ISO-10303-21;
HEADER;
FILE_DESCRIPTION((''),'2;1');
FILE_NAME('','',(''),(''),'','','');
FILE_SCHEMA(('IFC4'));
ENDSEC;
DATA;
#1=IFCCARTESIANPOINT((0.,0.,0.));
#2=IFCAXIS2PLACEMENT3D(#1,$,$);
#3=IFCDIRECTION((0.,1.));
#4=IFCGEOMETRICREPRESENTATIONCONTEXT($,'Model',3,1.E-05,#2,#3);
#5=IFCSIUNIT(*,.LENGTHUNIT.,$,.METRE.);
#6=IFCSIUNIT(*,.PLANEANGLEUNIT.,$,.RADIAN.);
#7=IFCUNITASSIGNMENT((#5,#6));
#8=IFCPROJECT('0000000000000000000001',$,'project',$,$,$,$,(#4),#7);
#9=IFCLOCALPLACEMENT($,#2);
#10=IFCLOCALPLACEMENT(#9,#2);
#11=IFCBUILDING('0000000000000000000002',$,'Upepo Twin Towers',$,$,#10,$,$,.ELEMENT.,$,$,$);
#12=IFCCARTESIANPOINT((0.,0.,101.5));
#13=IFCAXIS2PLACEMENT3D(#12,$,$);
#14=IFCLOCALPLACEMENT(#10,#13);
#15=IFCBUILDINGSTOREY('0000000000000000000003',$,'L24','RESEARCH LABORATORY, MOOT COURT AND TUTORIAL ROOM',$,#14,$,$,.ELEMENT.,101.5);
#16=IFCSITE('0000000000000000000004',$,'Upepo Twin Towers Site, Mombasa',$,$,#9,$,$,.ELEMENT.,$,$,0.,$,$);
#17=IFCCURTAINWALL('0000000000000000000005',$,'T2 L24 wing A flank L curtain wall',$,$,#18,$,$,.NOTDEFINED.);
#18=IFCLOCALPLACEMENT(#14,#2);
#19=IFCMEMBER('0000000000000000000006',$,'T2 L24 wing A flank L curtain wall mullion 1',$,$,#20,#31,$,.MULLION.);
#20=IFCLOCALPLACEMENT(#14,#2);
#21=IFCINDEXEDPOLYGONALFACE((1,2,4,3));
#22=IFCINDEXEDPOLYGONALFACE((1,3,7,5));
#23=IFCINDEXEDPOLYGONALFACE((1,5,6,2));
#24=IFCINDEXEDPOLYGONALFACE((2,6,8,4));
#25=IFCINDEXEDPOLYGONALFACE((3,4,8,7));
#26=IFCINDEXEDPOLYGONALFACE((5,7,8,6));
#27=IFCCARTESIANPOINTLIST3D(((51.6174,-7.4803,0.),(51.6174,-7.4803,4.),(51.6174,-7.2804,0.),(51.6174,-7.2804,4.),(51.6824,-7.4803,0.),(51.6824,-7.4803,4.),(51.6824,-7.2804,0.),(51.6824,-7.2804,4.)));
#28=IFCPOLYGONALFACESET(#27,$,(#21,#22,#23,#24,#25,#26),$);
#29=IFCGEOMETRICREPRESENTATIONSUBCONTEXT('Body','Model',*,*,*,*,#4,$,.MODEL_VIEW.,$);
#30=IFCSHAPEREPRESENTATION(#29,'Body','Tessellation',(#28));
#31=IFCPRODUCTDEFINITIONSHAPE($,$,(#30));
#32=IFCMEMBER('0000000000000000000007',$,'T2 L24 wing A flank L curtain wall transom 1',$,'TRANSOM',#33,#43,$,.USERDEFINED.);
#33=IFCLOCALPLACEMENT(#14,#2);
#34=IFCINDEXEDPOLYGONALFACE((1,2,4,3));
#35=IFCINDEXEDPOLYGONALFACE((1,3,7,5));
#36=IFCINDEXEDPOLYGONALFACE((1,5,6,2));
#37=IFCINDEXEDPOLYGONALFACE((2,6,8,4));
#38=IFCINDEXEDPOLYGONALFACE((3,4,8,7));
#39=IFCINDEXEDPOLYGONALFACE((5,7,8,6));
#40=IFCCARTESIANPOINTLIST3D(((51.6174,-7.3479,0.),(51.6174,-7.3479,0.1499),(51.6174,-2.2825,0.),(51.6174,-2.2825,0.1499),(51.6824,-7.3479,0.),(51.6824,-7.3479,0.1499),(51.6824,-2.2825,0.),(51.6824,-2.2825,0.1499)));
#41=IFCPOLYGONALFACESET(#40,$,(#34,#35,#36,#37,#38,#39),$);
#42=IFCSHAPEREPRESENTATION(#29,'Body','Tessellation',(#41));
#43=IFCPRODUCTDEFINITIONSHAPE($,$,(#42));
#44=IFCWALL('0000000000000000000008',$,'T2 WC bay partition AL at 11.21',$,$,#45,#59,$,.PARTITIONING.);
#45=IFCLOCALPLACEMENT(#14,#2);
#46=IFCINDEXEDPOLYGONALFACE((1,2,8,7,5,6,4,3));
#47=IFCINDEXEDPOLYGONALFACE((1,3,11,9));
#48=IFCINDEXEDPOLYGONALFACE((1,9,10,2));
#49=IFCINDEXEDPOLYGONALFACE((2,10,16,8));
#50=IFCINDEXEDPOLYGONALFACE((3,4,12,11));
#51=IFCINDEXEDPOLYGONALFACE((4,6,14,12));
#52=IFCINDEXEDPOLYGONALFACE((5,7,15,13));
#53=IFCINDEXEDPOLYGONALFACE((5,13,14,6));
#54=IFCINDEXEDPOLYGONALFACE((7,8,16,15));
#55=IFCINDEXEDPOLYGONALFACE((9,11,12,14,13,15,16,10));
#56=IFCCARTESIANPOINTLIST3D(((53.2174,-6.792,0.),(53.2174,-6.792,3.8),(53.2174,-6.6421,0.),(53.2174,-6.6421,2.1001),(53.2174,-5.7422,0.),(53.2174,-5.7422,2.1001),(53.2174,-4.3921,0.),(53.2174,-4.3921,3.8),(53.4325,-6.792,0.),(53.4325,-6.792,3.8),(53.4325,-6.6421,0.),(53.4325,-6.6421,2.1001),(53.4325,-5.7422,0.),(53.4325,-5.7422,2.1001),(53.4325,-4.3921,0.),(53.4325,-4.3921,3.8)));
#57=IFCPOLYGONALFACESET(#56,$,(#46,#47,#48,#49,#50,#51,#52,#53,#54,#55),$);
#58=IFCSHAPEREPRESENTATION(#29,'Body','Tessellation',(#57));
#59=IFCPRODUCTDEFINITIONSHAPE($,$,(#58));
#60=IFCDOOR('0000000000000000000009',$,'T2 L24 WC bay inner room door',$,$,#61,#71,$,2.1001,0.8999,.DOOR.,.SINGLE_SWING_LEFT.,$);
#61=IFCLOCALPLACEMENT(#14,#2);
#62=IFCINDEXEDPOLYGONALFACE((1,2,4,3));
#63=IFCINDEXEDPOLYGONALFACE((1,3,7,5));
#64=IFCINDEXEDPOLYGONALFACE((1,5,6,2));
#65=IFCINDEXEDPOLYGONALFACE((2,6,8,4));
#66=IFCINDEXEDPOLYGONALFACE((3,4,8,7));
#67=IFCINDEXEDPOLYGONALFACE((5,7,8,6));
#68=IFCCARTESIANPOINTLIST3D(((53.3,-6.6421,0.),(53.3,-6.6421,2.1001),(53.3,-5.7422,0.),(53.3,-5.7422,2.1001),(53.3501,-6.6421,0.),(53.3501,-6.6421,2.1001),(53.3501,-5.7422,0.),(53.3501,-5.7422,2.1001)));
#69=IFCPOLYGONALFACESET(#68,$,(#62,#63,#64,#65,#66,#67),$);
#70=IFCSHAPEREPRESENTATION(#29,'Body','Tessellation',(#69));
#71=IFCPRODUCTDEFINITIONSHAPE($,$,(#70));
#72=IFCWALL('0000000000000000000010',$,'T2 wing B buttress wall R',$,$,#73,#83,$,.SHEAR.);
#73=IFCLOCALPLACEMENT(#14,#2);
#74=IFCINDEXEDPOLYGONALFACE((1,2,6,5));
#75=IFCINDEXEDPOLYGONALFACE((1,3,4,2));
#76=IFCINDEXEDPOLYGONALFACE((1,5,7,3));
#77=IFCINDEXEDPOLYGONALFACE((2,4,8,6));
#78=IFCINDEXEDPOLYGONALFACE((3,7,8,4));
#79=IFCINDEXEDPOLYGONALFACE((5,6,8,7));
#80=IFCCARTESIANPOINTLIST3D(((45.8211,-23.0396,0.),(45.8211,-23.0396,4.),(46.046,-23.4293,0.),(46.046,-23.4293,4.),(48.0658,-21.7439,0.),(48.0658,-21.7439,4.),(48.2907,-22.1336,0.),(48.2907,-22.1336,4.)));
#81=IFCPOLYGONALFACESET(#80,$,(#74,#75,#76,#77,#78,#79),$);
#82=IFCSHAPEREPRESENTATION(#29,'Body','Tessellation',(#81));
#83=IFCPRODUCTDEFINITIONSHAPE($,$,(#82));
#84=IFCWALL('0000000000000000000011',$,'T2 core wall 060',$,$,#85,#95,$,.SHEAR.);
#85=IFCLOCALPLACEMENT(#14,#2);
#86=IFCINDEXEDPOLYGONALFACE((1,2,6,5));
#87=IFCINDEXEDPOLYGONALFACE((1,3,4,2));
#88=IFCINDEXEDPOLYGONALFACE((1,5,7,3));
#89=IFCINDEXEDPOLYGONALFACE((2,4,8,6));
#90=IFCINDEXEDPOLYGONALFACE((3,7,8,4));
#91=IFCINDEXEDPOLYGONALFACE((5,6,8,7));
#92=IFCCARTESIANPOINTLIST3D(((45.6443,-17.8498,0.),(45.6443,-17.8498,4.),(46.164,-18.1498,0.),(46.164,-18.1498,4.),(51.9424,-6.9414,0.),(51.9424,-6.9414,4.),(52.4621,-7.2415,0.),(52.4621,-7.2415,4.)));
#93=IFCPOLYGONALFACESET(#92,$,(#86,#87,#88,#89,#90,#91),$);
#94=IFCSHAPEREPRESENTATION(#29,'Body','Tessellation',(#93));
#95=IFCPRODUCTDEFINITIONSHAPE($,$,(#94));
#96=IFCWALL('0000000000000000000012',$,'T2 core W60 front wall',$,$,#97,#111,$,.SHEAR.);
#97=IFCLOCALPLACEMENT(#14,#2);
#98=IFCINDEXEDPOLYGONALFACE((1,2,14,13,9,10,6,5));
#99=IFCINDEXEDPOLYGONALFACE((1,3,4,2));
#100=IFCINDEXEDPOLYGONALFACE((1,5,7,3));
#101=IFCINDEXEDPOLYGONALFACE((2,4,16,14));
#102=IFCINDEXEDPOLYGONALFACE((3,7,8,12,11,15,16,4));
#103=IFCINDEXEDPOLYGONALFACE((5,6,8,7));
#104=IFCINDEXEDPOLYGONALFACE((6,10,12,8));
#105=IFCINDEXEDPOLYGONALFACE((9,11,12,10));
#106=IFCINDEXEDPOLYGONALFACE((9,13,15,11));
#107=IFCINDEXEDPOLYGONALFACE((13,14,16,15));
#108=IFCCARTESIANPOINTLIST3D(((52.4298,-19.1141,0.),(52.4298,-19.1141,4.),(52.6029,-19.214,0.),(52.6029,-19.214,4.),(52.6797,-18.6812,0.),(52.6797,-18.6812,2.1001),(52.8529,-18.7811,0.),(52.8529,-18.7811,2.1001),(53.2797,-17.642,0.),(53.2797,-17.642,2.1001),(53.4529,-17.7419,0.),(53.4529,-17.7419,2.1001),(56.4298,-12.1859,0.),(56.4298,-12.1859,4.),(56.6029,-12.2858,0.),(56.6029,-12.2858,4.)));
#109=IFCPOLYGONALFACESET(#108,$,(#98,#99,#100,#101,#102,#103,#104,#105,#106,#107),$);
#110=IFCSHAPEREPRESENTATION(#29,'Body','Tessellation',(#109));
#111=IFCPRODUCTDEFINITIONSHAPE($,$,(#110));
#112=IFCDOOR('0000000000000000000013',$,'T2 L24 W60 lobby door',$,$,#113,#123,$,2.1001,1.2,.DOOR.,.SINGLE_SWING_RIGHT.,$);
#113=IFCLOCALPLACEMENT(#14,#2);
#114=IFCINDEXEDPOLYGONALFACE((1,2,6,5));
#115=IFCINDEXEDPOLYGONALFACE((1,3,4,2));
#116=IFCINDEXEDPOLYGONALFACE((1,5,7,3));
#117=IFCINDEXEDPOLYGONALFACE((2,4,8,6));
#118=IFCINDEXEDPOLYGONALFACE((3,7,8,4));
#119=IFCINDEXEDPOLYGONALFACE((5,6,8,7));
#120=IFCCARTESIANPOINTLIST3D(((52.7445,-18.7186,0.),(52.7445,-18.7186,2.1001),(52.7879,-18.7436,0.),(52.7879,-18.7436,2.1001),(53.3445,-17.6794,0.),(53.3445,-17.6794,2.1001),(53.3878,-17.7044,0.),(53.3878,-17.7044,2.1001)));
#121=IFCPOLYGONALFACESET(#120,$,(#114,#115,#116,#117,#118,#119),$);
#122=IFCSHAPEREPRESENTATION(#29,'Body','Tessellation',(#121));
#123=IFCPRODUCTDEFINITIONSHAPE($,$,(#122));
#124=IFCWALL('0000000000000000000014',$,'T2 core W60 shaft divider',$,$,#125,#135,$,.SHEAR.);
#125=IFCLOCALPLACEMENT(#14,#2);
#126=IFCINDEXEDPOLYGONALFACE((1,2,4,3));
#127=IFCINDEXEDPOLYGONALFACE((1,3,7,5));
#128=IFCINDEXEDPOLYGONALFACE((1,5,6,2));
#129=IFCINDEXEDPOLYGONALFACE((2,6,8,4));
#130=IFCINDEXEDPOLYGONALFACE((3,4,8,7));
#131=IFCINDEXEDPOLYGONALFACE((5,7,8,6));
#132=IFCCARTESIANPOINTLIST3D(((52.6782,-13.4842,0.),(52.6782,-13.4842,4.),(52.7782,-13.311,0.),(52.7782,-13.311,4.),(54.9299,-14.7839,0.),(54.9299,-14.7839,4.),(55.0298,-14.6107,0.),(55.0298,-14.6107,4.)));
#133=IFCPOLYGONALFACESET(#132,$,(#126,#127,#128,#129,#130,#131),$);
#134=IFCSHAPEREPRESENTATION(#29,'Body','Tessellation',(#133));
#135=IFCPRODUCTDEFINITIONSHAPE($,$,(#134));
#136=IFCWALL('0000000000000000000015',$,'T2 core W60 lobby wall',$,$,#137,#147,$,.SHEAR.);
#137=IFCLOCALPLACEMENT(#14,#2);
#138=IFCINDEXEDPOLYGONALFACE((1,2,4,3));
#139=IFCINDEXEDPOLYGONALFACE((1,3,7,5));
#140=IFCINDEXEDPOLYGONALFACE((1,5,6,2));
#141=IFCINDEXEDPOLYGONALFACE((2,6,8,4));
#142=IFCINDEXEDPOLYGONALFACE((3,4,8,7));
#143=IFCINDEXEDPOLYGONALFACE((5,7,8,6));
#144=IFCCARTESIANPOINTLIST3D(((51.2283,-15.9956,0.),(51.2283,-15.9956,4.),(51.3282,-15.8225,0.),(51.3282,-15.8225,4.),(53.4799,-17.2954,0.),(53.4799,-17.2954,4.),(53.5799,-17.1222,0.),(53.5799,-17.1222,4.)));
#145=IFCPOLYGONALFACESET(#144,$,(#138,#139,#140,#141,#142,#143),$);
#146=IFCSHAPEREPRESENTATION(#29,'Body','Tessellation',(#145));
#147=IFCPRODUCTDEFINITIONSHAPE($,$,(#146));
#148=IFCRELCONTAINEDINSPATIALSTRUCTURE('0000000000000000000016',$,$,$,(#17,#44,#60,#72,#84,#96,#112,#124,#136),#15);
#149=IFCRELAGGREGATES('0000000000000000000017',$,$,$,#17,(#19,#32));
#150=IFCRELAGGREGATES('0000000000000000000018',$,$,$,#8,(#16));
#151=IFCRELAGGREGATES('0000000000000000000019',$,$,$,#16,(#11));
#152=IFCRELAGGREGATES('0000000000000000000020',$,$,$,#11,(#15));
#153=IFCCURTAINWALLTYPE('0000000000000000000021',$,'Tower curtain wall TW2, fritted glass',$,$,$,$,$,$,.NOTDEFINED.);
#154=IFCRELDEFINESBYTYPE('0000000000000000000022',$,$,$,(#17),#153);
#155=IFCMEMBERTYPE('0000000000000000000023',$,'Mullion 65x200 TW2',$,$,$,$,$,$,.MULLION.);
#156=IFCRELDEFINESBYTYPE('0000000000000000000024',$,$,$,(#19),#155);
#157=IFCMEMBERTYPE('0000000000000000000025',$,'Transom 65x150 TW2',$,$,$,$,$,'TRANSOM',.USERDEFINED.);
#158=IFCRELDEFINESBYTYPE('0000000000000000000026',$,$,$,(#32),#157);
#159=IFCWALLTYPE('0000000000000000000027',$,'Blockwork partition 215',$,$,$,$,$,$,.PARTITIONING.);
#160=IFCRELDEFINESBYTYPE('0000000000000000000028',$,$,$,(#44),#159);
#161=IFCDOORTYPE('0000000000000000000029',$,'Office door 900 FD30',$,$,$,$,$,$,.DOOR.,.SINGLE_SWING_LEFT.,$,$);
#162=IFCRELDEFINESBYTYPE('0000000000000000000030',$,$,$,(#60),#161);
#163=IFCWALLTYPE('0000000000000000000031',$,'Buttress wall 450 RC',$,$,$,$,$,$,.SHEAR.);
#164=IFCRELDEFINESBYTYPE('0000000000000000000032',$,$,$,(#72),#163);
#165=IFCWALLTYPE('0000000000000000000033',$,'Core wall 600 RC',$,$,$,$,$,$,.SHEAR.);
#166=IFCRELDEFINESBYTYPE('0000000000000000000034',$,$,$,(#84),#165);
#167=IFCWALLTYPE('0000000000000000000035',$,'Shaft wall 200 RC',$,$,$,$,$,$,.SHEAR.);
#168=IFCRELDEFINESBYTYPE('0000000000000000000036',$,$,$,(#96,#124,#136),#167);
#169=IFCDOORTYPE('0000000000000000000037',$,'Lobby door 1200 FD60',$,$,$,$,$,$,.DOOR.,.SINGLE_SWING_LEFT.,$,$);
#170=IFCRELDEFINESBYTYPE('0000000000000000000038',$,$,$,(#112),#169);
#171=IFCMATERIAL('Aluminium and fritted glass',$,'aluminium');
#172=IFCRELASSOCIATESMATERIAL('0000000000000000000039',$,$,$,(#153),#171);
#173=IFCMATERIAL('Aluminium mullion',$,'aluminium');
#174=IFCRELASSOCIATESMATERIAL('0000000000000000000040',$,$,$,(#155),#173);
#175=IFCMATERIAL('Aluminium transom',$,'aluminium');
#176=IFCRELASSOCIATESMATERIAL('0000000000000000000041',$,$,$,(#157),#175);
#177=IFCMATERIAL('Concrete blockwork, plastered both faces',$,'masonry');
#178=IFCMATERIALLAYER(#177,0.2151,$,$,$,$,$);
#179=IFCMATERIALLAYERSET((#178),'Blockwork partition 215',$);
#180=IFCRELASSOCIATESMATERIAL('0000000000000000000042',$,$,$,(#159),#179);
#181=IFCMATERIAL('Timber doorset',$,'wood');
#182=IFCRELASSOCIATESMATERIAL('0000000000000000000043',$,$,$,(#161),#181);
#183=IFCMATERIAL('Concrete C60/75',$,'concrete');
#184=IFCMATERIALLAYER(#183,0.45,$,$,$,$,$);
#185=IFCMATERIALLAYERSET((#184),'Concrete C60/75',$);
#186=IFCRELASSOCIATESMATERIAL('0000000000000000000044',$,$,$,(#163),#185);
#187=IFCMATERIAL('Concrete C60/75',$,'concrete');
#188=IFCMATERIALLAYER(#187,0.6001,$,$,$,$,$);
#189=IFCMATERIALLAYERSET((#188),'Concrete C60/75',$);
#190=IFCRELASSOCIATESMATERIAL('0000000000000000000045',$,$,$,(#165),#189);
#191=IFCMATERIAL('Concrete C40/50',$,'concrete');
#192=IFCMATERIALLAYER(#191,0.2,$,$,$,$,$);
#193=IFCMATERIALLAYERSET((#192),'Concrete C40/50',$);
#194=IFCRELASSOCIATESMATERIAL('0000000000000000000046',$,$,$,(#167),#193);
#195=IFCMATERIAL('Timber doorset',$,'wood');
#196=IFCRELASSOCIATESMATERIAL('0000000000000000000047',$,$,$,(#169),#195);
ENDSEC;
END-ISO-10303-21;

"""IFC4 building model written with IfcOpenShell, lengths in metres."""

from ifc_helpers import new_model, si_unit, direction, frame, frame_2d, origin, origin_2d, place, context, subcontext, project, spatial, rectangle, extrude, material, layer, layer_set, material_profile, profile_set, type_object, element, fill, aggregate, save


model = new_model("IFC4")

# Units and contexts
model_context = context("Model", 3, precision=1e-05, world=origin(), true_north=direction((0.0, 1.0)))
body_context = subcontext(model_context, "Body", "Model", "MODEL_VIEW")
ifc_project = project(units=[si_unit("LENGTHUNIT", "METRE"), si_unit("PLANEANGLEUNIT", "RADIAN")], contexts=[model_context])

# Site, building, storey
site_placement = place(None, origin())
site = spatial("IfcSite", under=ifc_project, at=site_placement, Name="Upepo Twin Towers Site, Mombasa", CompositionType="ELEMENT", RefElevation=0.0)
building_placement = place(site_placement, origin())
building = spatial("IfcBuilding", under=site, at=building_placement, Name="Upepo Twin Towers", CompositionType="ELEMENT")
storey_placement = place(building_placement, frame((0.0, 0.0, 101.5)))
storey = spatial("IfcBuildingStorey", under=building, at=storey_placement, Name="L24", Description="RESEARCH LABORATORY, MOOT COURT AND TUTORIAL ROOM", CompositionType="ELEMENT", Elevation=101.5)

# Curtain wall, members
ifc_material_1 = material(Name="Aluminium and fritted glass", Category="aluminium")
curtain_wall_type = type_object("IfcCurtainWallType", Name="Tower curtain wall TW2, fritted glass", PredefinedType="NOTDEFINED", material=ifc_material_1)
curtain_wall_placement = place(storey_placement, origin())
curtain_wall = element("IfcCurtainWall", 1, at=curtain_wall_placement, inside=storey, type_object=curtain_wall_type, Name="T2 L24 wing A flank L curtain wall", PredefinedType="NOTDEFINED")
ifc_material_2 = material(Name="Aluminium mullion", Category="aluminium")
ifc_material_profile_1 = material_profile(ifc_material_2, rectangle(XDim=0.0649, YDim=0.2, at=origin_2d()), Name="MULLION 65x200")
ifc_profile_set_1 = profile_set([ifc_material_profile_1], Name="Aluminium mullion")
member_type_1 = type_object("IfcMemberType", Name="Mullion 65x200 TW2", PredefinedType="MULLION", material=ifc_profile_set_1)
member_1_placement = place(storey_placement, frame((51.6499, -7.3804, 0.0), z_axis=(0.0, 0.0, 1.0), x_axis=(-1.0, 0.0, 0.0)))
member_1 = element("IfcMember", 2, at=member_1_placement, type_object=member_type_1, Name="T2 L24 wing A flank L curtain wall mullion 1", PredefinedType="MULLION", context=body_context, shape_type="SweptSolid", body=[
    extrude(rectangle(XDim=0.0649, YDim=0.2, at=origin_2d()), origin(), (0.0, 0.0, 1.0), 4.0),
])
ifc_material_3 = material(Name="Aluminium transom", Category="aluminium")
ifc_material_profile_2 = material_profile(ifc_material_3, rectangle(XDim=0.0649, YDim=0.1499, at=origin_2d()), Name="TRANSOM 65x150")
ifc_profile_set_2 = profile_set([ifc_material_profile_2], Name="Aluminium transom")
member_type_2 = type_object("IfcMemberType", Name="Transom 65x150 TW2", ElementType="TRANSOM", PredefinedType="USERDEFINED", material=ifc_profile_set_2)
member_2_placement = place(storey_placement, frame((51.6499, -7.3479, 0.075), z_axis=(0.0, 1.0, 0.0), x_axis=(-1.0, 0.0, 0.0)))
member_2 = element("IfcMember", 3, at=member_2_placement, type_object=member_type_2, Name="T2 L24 wing A flank L curtain wall transom 1", ObjectType="TRANSOM", PredefinedType="USERDEFINED", context=body_context, shape_type="SweptSolid", body=[
    extrude(rectangle(XDim=0.0649, YDim=0.1499, at=origin_2d()), origin(), (0.0, 0.0, 1.0), 5.0654),
])
aggregate(curtain_wall, [member_1, member_2])

# Wall, opening, door
ifc_material_4 = material(Name="Concrete blockwork, plastered both faces", Category="masonry")
ifc_layer_1 = layer(ifc_material_4, 0.2151)
ifc_layer_set_1 = layer_set([ifc_layer_1], Name="Blockwork partition 215")
wall_type_1 = type_object("IfcWallType", Name="Blockwork partition 215", PredefinedType="PARTITIONING", material=ifc_layer_set_1)
wall_1_placement = place(storey_placement, frame((53.325, -6.792, 0.0), z_axis=(0.0, 0.0, 1.0), x_axis=(0.0, 1.0, 0.0)))
wall_1 = element("IfcWall", 4, at=wall_1_placement, inside=storey, type_object=wall_type_1, Name="T2 WC bay partition AL at 11.21", PredefinedType="PARTITIONING", context=body_context, shape_type="SweptSolid", body=[
    extrude(rectangle(XDim=2.3999, YDim=0.2151, at=frame_2d((1.2, 0.0))), origin(), (0.0, 0.0, 1.0), 3.8),
])
opening_1_placement = place(wall_1_placement, frame((0.1499, 0.0, 0.0)))
opening_1 = element("IfcOpeningElement", 5, at=opening_1_placement, cuts=wall_1, PredefinedType="OPENING", context=body_context, shape_type="SweptSolid", body=[
    extrude(rectangle(XDim=0.8999, YDim=2.1001, at=frame_2d((0.45, 1.05))), frame((0.0, 0.1174, 0.0), z_axis=(0.0, -1.0, 0.0), x_axis=(1.0, 0.0, 0.0)), (0.0, 0.0, 1.0), 0.2351),
])
ifc_material_5 = material(Name="Timber doorset", Category="wood")
door_type_1 = type_object("IfcDoorType", Name="Office door 900 FD30", OperationType="SINGLE_SWING_LEFT", PredefinedType="DOOR", material=ifc_material_5)
door_1_placement = place(opening_1_placement, origin())
door_1 = element("IfcDoor", 6, at=door_1_placement, inside=storey, type_object=door_type_1, Name="T2 L24 WC bay inner room door", OperationType="SINGLE_SWING_LEFT", OverallHeight=2.1001, OverallWidth=0.8999, PredefinedType="DOOR", context=body_context, shape_type="SweptSolid", body=[
    extrude(rectangle(XDim=0.8999, YDim=2.1001, at=frame_2d((0.45, 1.05))), frame((0.0, 0.0249, 0.0), z_axis=(0.0, -1.0, 0.0), x_axis=(1.0, 0.0, 0.0)), (0.0, 0.0, 1.0), 0.05),
])
fill(opening_1, door_1)

# Walls
ifc_material_6 = material(Name="Concrete C60/75", Category="concrete")
ifc_layer_2 = layer(ifc_material_6, 0.45)
ifc_layer_set_2 = layer_set([ifc_layer_2], Name="Concrete C60/75")
wall_type_2 = type_object("IfcWallType", Name="Buttress wall 450 RC", PredefinedType="SHEAR", material=ifc_layer_set_2)
wall_2_placement = place(storey_placement, frame((48.1782, -21.9387, 0.0), z_axis=(0.0, 0.0, 1.0), x_axis=(-0.866073, -0.499918, 0.0)))
element("IfcWall", 7, at=wall_2_placement, inside=storey, type_object=wall_type_2, Name="T2 wing B buttress wall R", PredefinedType="SHEAR", context=body_context, shape_type="SweptSolid", body=[
    extrude(rectangle(XDim=2.5918, YDim=0.45, at=frame_2d((1.2959, 0.0))), origin(), (0.0, 0.0, 1.0), 4.0),
])
ifc_material_7 = material(Name="Concrete C60/75", Category="concrete")
ifc_layer_3 = layer(ifc_material_7, 0.6001)
ifc_layer_set_3 = layer_set([ifc_layer_3], Name="Concrete C60/75")
wall_type_3 = type_object("IfcWallType", Name="Core wall 600 RC", PredefinedType="SHEAR", material=ifc_layer_set_3)
wall_3_placement = place(storey_placement, frame((52.2021, -7.0916, 0.0), z_axis=(0.0, 0.0, 1.0), x_axis=(-0.500006, -0.866022, 0.0)))
element("IfcWall", 8, at=wall_3_placement, inside=storey, type_object=wall_type_3, Name="T2 core wall 060", PredefinedType="SHEAR", context=body_context, shape_type="SweptSolid", body=[
    extrude(rectangle(XDim=12.5959, YDim=0.6001, at=frame_2d((6.2979, 0.0))), origin(), (0.0, 0.0, 1.0), 4.0),
])

# Wall, opening, door
ifc_material_8 = material(Name="Concrete C40/50", Category="concrete")
ifc_layer_4 = layer(ifc_material_8, 0.2)
ifc_layer_set_4 = layer_set([ifc_layer_4], Name="Concrete C40/50")
wall_type_4 = type_object("IfcWallType", Name="Shaft wall 200 RC", PredefinedType="SHEAR", material=ifc_layer_set_4)
wall_4_placement = place(storey_placement, frame((56.5164, -12.2358, 0.0), z_axis=(0.0, 0.0, 1.0), x_axis=(-0.499999, -0.866026, 0.0)))
wall_4 = element("IfcWall", 9, at=wall_4_placement, inside=storey, type_object=wall_type_4, Name="T2 core W60 front wall", PredefinedType="SHEAR", context=body_context, shape_type="SweptSolid", body=[
    extrude(rectangle(XDim=8.0, YDim=0.2, at=frame_2d((4.0, 0.0))), origin(), (0.0, 0.0, 1.0), 4.0),
])
opening_2_placement = place(wall_4_placement, frame((6.3, 0.0, 0.0)))
opening_2 = element("IfcOpeningElement", 10, at=opening_2_placement, cuts=wall_4, PredefinedType="OPENING", context=body_context, shape_type="SweptSolid", body=[
    extrude(rectangle(XDim=1.2, YDim=2.1001, at=frame_2d((0.6001, 1.05))), frame((0.0, 0.1099, 0.0), z_axis=(0.0, -1.0, 0.0), x_axis=(1.0, 0.0, 0.0)), (0.0, 0.0, 1.0), 0.22),
])
ifc_material_9 = material(Name="Timber doorset", Category="wood")
door_type_2 = type_object("IfcDoorType", Name="Lobby door 1200 FD60", OperationType="SINGLE_SWING_LEFT", PredefinedType="DOOR", material=ifc_material_9)
door_2_placement = place(opening_2_placement, origin())
door_2 = element("IfcDoor", 11, at=door_2_placement, inside=storey, type_object=door_type_2, Name="T2 L24 W60 lobby door", OperationType="SINGLE_SWING_RIGHT", OverallHeight=2.1001, OverallWidth=1.2, PredefinedType="DOOR", context=body_context, shape_type="SweptSolid", body=[
    extrude(rectangle(XDim=1.2, YDim=2.1001, at=frame_2d((0.6001, 1.05))), frame((0.0, 0.0249, 0.0), z_axis=(0.0, -1.0, 0.0), x_axis=(1.0, 0.0, 0.0)), (0.0, 0.0, 1.0), 0.05),
])
fill(opening_2, door_2)

# Walls
for number, where, z_axis, x_axis, name in (
    (12, (54.9797, -14.6973, 0.0), (0.0, 0.0, 1.0), (-0.866062, 0.499937, 0.0), "T2 core W60 shaft divider"),
    (13, (53.5298, -17.2087, 0.0), (0.0, 0.0, 1.0), (-0.866062, 0.499937, 0.0), "T2 core W60 lobby wall"),
):
    element("IfcWall", number, at=place(storey_placement, frame(where, z_axis=z_axis, x_axis=x_axis)), inside=storey, type_object=wall_type_4, Name=name, PredefinedType="SHEAR", context=body_context, shape_type="SweptSolid", body=[
        extrude(rectangle(XDim=2.5999, YDim=0.2, at=frame_2d((1.2998, 0.0))), origin(), (0.0, 0.0, 1.0), 4.0),
    ])

save(model, "model.ifc")
